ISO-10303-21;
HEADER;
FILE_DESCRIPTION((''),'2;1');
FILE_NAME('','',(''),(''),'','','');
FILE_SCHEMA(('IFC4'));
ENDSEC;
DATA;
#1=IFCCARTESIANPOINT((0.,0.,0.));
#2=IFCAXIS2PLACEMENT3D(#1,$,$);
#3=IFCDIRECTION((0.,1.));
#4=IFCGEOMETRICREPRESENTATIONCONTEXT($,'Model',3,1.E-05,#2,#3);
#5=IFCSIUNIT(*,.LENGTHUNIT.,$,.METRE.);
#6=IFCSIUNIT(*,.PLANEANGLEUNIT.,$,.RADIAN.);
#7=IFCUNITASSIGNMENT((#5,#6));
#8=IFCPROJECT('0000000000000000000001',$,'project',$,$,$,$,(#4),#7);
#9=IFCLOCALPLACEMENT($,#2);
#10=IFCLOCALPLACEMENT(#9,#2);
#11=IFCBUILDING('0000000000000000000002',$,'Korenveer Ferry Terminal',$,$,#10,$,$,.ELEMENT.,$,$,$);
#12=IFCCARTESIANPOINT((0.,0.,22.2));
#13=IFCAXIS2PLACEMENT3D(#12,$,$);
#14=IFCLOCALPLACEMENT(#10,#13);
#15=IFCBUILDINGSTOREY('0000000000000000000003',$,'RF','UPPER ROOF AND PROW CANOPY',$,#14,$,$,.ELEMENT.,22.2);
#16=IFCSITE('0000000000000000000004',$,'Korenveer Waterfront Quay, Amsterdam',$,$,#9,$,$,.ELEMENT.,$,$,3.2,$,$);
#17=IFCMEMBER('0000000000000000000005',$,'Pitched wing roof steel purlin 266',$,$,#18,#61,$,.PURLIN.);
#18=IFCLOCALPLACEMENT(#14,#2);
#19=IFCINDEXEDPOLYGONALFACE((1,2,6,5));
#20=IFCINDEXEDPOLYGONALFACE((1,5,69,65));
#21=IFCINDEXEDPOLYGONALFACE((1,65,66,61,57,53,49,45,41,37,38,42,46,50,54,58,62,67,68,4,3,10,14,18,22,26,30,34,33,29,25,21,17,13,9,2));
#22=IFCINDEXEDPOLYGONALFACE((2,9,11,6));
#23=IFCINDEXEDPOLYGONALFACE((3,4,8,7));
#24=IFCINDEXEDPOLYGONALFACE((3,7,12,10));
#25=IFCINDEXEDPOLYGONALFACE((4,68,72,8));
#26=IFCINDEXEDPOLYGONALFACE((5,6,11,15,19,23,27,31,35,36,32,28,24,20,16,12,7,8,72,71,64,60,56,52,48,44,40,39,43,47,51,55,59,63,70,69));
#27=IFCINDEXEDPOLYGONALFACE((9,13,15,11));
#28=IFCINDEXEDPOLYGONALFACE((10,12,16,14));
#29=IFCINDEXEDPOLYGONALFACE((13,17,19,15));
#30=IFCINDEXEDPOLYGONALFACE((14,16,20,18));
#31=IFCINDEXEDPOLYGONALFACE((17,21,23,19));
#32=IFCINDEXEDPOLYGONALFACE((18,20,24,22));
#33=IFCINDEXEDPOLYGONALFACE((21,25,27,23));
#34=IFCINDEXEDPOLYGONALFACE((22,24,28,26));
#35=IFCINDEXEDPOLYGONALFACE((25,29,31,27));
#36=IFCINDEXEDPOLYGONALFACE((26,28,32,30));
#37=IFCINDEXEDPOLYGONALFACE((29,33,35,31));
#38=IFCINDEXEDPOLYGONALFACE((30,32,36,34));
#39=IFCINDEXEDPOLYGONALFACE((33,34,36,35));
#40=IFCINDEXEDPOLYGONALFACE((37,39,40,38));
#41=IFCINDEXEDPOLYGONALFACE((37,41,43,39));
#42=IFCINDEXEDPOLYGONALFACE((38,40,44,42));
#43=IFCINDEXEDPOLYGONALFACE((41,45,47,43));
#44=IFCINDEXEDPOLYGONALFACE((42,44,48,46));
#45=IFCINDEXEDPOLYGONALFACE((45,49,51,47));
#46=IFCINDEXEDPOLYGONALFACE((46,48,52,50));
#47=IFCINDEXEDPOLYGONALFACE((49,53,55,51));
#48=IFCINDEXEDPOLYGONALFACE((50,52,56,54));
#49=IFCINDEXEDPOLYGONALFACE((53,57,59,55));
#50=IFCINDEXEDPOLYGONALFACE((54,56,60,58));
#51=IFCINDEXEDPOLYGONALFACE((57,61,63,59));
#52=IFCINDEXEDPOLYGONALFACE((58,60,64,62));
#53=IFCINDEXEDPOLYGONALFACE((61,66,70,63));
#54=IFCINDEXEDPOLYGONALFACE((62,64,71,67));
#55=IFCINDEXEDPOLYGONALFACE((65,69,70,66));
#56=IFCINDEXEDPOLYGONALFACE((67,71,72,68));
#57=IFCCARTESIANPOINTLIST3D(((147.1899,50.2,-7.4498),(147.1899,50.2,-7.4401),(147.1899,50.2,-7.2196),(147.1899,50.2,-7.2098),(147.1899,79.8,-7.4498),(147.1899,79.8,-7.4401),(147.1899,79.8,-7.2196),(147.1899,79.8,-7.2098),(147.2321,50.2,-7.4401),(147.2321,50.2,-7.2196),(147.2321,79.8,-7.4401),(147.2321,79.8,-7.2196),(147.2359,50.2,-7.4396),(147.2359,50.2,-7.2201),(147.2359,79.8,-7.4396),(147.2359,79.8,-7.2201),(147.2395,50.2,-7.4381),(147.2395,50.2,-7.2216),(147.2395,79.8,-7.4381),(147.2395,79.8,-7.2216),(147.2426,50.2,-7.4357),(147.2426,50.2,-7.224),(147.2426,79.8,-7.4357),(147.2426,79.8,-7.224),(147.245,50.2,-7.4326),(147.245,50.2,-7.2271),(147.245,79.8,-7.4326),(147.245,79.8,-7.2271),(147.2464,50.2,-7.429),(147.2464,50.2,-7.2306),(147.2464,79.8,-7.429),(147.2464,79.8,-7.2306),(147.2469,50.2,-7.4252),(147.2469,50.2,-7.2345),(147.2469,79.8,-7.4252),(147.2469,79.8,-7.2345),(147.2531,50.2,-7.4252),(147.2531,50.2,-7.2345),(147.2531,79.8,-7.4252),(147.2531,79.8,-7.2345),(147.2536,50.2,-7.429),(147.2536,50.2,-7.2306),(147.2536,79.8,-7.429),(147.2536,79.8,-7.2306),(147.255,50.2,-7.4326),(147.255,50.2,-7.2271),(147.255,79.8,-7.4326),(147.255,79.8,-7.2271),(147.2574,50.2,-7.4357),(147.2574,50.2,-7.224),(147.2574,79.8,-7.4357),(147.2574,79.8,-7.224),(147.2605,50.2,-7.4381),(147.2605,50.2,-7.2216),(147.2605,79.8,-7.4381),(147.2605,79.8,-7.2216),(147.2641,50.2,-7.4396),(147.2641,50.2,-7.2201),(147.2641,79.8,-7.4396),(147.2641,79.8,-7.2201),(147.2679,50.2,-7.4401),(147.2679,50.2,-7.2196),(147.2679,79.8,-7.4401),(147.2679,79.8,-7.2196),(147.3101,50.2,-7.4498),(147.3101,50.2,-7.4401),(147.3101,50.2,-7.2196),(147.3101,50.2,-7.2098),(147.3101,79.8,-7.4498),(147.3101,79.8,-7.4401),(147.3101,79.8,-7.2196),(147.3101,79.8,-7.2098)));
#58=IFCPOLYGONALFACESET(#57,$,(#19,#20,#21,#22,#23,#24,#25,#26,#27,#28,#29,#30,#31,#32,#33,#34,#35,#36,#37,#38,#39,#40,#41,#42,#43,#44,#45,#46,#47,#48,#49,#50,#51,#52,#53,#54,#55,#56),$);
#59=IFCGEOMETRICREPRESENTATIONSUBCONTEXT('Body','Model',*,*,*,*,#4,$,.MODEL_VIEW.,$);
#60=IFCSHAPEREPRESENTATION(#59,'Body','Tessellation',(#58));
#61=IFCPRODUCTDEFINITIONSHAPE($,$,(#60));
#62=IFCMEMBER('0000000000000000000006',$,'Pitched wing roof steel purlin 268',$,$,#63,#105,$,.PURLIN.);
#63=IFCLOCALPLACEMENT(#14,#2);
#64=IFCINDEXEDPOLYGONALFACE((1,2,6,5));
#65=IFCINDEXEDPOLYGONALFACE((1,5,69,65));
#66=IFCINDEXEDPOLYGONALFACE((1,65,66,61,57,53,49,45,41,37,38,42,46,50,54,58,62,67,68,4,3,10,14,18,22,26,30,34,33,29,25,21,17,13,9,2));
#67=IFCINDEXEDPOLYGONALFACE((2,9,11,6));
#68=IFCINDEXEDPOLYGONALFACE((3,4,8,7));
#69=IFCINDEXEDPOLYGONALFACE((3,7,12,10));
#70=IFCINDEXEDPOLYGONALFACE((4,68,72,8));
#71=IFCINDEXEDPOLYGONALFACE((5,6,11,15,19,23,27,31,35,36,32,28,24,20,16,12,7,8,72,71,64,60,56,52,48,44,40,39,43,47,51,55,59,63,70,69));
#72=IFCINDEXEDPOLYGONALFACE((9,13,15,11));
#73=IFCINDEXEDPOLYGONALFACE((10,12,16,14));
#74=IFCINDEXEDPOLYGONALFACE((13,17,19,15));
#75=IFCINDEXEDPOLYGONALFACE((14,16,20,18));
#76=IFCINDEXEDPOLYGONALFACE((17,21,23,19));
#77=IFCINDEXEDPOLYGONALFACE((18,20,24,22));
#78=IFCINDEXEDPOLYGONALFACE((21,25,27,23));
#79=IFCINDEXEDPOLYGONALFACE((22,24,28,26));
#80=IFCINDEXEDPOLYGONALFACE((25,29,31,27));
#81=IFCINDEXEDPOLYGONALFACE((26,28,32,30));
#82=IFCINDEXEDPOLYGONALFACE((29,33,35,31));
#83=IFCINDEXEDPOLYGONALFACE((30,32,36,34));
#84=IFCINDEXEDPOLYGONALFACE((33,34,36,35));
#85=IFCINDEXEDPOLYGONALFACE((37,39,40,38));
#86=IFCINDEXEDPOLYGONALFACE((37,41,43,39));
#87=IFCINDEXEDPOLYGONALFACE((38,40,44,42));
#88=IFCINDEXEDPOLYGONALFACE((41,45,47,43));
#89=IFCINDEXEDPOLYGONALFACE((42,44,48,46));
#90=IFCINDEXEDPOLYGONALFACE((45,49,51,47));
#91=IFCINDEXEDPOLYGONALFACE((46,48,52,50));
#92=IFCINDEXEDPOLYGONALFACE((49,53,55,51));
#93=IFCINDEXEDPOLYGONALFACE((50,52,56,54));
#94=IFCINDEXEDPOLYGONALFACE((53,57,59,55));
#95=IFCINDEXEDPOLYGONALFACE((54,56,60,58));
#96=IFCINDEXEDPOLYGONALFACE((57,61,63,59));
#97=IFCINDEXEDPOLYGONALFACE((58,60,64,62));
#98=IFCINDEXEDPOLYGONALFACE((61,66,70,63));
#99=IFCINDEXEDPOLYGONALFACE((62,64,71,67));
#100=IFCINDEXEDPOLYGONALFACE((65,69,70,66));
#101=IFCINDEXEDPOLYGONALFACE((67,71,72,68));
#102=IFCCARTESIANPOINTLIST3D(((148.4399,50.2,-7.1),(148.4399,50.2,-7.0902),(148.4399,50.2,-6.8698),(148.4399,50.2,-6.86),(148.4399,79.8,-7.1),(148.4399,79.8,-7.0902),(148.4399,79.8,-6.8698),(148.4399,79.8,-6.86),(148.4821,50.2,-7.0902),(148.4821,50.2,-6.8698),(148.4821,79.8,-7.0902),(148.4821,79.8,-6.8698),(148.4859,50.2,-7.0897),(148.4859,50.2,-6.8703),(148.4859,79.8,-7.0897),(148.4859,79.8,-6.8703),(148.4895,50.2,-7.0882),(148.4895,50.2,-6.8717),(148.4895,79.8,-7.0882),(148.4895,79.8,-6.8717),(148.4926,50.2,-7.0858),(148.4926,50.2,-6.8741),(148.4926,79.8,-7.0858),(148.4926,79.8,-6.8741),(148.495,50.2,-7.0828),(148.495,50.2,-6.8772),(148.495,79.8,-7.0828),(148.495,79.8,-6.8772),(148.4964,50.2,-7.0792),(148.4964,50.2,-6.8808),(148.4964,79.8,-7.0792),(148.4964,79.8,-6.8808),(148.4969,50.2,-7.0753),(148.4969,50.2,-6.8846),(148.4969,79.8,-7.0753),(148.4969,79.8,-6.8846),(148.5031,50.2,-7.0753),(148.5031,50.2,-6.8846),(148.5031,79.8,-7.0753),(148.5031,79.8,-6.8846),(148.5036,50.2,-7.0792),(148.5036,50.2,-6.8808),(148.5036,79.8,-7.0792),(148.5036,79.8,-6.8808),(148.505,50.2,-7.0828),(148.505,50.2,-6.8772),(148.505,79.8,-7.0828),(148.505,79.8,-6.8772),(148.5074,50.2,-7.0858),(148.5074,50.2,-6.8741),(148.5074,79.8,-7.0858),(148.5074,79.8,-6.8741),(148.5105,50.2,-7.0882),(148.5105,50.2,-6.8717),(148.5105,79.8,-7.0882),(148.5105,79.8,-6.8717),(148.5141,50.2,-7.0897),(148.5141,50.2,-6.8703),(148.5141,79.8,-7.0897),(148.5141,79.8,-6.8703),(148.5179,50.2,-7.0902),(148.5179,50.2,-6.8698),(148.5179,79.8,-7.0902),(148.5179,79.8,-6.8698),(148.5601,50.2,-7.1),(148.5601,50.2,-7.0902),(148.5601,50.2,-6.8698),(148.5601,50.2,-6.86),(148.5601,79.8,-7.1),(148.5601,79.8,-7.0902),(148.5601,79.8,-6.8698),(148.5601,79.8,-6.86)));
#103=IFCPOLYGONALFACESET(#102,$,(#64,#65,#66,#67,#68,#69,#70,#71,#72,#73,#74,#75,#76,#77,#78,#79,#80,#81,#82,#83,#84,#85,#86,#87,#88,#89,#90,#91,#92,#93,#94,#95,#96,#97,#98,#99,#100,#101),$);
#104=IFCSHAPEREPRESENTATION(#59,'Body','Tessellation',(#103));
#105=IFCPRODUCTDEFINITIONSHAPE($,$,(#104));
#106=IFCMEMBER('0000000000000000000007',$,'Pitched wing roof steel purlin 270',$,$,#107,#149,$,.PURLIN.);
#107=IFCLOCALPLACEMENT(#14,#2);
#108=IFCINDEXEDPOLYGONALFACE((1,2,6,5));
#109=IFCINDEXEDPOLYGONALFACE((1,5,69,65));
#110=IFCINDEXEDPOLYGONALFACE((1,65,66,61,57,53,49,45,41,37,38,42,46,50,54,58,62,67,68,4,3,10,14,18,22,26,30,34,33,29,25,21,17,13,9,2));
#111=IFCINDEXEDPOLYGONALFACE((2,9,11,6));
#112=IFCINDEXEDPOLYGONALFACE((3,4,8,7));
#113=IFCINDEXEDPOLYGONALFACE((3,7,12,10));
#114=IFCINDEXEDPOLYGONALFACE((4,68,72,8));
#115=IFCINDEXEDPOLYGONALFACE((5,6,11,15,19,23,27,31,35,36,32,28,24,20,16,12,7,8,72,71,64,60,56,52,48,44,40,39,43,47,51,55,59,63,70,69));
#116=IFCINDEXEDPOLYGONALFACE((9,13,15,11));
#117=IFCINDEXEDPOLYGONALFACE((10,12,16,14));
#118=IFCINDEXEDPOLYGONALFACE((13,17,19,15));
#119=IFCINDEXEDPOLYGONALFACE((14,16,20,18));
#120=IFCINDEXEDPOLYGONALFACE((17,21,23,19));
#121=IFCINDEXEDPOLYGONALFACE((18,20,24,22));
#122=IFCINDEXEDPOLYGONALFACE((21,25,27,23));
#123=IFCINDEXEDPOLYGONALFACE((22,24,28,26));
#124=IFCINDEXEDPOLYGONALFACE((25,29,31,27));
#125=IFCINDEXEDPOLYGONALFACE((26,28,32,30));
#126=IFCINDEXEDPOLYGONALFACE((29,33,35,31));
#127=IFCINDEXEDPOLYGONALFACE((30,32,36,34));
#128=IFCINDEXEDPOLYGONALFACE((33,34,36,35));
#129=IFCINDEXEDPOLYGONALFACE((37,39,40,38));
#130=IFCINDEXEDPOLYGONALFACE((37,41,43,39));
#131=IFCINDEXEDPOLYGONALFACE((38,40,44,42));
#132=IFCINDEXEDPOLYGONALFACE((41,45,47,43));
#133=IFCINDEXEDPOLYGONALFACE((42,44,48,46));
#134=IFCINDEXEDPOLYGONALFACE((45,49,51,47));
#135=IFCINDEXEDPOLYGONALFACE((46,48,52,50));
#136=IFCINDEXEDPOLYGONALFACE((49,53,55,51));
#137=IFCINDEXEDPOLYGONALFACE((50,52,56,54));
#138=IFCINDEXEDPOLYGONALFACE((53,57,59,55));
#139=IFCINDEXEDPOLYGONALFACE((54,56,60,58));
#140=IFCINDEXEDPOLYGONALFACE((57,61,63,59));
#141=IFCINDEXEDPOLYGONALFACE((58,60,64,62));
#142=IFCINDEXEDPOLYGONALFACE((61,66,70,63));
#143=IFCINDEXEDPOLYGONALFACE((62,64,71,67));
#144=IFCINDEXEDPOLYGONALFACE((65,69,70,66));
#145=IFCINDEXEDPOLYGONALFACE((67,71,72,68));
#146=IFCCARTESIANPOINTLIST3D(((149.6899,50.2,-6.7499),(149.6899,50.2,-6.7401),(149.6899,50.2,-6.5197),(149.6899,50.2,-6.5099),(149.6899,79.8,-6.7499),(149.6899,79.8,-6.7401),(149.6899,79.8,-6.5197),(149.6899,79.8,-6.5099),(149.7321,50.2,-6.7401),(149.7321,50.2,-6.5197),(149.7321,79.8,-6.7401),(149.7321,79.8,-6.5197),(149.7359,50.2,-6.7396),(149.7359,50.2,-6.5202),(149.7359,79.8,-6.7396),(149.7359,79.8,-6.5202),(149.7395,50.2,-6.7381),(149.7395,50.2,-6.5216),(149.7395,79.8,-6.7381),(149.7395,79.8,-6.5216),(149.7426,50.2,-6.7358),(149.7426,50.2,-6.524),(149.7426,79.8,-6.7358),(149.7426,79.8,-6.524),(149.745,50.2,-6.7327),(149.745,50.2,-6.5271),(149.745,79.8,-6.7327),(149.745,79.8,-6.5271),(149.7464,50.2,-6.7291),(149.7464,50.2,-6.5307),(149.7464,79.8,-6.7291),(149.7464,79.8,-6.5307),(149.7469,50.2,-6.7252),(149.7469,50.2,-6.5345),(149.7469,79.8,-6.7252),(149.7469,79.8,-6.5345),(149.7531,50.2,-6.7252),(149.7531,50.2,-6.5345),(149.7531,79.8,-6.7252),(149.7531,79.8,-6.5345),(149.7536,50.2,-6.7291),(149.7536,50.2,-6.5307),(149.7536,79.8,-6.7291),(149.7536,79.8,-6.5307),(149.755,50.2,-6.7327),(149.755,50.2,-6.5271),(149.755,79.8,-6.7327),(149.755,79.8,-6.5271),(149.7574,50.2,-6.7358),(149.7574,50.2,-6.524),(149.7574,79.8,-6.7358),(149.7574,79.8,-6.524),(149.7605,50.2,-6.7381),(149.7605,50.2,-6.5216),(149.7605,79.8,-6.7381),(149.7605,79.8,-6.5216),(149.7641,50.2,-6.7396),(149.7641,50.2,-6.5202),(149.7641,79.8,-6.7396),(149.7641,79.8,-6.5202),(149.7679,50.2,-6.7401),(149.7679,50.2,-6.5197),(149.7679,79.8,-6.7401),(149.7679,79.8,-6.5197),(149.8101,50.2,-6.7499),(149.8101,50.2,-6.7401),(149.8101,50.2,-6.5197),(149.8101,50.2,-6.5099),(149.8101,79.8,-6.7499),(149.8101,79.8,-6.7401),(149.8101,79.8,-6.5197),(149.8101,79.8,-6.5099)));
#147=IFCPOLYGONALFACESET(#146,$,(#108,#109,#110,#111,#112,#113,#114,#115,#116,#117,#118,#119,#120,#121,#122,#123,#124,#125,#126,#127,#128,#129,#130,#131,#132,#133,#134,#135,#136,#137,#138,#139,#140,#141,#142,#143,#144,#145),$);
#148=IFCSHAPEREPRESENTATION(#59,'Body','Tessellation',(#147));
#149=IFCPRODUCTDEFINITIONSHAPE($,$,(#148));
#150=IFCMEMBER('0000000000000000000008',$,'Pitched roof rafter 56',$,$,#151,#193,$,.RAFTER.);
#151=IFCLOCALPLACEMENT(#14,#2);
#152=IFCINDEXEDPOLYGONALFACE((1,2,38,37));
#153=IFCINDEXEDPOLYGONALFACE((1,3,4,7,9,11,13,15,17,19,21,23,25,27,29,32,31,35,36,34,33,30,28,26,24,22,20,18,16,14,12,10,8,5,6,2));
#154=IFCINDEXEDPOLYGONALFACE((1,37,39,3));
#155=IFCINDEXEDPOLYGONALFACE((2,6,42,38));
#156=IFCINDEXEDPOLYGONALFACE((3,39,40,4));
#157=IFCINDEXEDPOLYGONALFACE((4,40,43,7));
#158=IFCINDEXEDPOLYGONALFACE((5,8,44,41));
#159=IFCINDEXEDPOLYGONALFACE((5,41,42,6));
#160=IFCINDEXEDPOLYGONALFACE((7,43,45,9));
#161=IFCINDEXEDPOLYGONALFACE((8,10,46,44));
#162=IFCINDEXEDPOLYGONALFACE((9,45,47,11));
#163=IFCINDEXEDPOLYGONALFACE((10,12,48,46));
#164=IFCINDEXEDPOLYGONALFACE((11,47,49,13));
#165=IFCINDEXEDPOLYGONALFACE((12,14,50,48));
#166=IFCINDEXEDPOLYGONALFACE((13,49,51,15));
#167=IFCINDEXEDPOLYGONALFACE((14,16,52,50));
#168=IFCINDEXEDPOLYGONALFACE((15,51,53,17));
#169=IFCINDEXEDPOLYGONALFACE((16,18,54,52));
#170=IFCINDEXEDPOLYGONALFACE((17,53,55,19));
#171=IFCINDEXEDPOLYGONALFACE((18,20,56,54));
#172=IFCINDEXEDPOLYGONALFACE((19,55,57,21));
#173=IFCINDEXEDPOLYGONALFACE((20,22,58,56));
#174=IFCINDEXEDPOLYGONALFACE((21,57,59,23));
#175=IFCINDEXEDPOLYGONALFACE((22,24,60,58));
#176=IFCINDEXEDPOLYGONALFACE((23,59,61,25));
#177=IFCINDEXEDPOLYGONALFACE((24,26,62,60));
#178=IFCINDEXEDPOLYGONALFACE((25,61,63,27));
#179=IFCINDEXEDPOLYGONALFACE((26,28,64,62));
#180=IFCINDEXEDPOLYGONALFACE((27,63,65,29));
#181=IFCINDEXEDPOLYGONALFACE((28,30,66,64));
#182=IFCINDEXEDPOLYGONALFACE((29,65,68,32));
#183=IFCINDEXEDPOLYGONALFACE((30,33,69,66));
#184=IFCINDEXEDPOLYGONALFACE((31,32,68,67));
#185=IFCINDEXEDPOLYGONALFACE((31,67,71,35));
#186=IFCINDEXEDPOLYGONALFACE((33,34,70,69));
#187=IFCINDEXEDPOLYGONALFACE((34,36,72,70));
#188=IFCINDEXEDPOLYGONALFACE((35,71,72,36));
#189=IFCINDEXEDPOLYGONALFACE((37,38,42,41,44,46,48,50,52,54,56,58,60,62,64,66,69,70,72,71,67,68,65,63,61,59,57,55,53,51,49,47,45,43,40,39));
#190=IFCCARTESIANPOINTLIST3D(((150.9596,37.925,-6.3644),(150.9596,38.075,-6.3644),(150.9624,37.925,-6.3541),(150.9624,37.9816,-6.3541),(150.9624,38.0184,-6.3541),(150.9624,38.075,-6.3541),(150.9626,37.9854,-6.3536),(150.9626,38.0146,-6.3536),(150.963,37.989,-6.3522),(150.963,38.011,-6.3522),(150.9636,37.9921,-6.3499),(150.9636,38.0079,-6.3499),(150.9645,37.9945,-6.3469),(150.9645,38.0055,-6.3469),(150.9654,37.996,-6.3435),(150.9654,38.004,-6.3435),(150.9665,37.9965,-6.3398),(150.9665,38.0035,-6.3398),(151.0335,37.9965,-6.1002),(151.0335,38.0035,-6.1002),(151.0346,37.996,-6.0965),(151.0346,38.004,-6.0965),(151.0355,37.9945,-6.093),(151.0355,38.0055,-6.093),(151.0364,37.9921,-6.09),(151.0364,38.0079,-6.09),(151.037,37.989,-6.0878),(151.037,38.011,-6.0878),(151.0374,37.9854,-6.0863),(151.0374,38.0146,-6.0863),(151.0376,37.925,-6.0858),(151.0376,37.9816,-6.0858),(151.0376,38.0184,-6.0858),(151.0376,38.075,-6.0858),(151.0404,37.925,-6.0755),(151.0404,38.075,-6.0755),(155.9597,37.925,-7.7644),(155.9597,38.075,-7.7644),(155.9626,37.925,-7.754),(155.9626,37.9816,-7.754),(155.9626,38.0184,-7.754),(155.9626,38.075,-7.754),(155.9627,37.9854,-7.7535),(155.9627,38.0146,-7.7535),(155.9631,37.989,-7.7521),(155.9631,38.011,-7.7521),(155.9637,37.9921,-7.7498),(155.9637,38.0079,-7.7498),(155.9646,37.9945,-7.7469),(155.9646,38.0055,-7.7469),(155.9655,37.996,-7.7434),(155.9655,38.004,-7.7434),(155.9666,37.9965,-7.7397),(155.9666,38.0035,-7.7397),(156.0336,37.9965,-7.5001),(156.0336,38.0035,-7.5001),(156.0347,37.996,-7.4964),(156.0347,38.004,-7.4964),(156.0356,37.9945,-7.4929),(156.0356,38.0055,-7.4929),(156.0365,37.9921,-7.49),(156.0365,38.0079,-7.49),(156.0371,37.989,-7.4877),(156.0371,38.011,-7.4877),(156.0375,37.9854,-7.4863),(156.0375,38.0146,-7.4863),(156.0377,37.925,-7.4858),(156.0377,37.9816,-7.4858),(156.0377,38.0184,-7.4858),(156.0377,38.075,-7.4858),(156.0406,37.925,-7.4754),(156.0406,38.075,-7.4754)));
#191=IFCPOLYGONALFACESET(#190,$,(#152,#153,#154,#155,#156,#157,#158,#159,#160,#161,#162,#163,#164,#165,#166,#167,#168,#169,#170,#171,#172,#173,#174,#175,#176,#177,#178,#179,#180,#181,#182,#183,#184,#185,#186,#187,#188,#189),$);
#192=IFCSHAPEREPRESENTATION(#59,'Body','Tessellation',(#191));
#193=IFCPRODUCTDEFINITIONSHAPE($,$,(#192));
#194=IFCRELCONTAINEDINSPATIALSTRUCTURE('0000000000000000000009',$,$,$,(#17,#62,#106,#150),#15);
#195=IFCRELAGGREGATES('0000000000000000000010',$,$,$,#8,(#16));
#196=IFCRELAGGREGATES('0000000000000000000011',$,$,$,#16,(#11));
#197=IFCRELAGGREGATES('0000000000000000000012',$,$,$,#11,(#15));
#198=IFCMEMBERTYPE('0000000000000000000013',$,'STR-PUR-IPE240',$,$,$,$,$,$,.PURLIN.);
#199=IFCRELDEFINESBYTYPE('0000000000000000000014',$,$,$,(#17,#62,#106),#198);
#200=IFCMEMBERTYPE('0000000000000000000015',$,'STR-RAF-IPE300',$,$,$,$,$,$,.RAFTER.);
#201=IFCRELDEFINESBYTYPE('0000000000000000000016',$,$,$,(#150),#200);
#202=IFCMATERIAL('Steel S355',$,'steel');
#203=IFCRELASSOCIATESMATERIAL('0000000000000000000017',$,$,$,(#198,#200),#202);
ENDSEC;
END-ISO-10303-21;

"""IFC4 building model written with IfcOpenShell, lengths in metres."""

from ifc_helpers import new_model, si_unit, direction, frame, origin, origin_2d, place, context, subcontext, project, spatial, i_section, extrude, material, material_profile, profile_set, type_object, element, save


model = new_model("IFC4")

# Units and contexts
model_context = context("Model", 3, precision=1e-05, world=origin(), true_north=direction((0.0, 1.0)))
body_context = subcontext(model_context, "Body", "Model", "MODEL_VIEW")
ifc_project = project(units=[si_unit("LENGTHUNIT", "METRE"), si_unit("PLANEANGLEUNIT", "RADIAN")], contexts=[model_context])

# Site, building, storey
site_placement = place(None, origin())
site = spatial("IfcSite", under=ifc_project, at=site_placement, Name="Korenveer Waterfront Quay, Amsterdam", CompositionType="ELEMENT", RefElevation=3.2)
building_placement = place(site_placement, origin())
building = spatial("IfcBuilding", under=site, at=building_placement, Name="Korenveer Ferry Terminal", CompositionType="ELEMENT")
storey_placement = place(building_placement, frame((0.0, 0.0, 22.2)))
storey = spatial("IfcBuildingStorey", under=building, at=storey_placement, Name="RF", Description="UPPER ROOF AND PROW CANOPY", CompositionType="ELEMENT", Elevation=22.2)

# Shared definitions
ifc_material_1 = material(Name="Steel S355", Category="steel")

# Members
ifc_material_profile_1 = material_profile(ifc_material_1, i_section(OverallWidth=0.1201, OverallDepth=0.24, WebThickness=0.0061, FlangeThickness=0.0098, FilletRadius=0.0149, at=origin_2d()), Name="IPE 240")
ifc_profile_set_1 = profile_set([ifc_material_profile_1], Name="Steel S355")
member_type_1 = type_object("IfcMemberType", Name="STR-PUR-IPE240", PredefinedType="PURLIN", material=ifc_profile_set_1)
for number, where, z_axis, x_axis, name in (
    (1, (147.25, 50.2, -7.3298), (0.0, 1.0, 0.0), (-1.0, 0.0, 0.0), "Pitched wing roof steel purlin 266"),
    (2, (148.5, 50.2, -6.98), (0.0, 1.0, 0.0), (-1.0, 0.0, 0.0), "Pitched wing roof steel purlin 268"),
    (3, (149.75, 50.2, -6.6299), (0.0, 1.0, 0.0), (-1.0, 0.0, 0.0), "Pitched wing roof steel purlin 270"),
):
    element("IfcMember", number, at=place(storey_placement, frame(where, z_axis=z_axis, x_axis=x_axis)), inside=storey, type_object=member_type_1, Name=name, PredefinedType="PURLIN", context=body_context, shape_type="SweptSolid", body=[
        extrude(i_section(OverallWidth=0.1201, OverallDepth=0.24, WebThickness=0.0061, FlangeThickness=0.0098, FilletRadius=0.0149, at=origin_2d()), origin(), (0.0, 0.0, 1.0), 29.6001),
    ])
ifc_material_profile_2 = material_profile(ifc_material_1, i_section(OverallWidth=0.1499, OverallDepth=0.3, WebThickness=0.0071, FlangeThickness=0.0107, FilletRadius=0.0149, at=origin_2d()), Name="IPE 300")
ifc_profile_set_2 = profile_set([ifc_material_profile_2], Name="Steel S355")
member_type_2 = type_object("IfcMemberType", Name="STR-RAF-IPE300", PredefinedType="RAFTER", material=ifc_profile_set_2)
for number, where, z_axis, x_axis, name in (
    (4, (151.0, 38.0, -6.22), (0.962969, 0.0, -0.269612), (0.0, 1.0, 0.0), "Pitched roof rafter 56"),
):
    element("IfcMember", number, at=place(storey_placement, frame(where, z_axis=z_axis, x_axis=x_axis)), inside=storey, type_object=member_type_2, Name=name, PredefinedType="RAFTER", context=body_context, shape_type="SweptSolid", body=[
        extrude(i_section(OverallWidth=0.1499, OverallDepth=0.3, WebThickness=0.0071, FlangeThickness=0.0107, FilletRadius=0.0149, at=origin_2d()), origin(), (0.0, 0.0, 1.0), 5.1924),
    ])

save(model, "model.ifc")
